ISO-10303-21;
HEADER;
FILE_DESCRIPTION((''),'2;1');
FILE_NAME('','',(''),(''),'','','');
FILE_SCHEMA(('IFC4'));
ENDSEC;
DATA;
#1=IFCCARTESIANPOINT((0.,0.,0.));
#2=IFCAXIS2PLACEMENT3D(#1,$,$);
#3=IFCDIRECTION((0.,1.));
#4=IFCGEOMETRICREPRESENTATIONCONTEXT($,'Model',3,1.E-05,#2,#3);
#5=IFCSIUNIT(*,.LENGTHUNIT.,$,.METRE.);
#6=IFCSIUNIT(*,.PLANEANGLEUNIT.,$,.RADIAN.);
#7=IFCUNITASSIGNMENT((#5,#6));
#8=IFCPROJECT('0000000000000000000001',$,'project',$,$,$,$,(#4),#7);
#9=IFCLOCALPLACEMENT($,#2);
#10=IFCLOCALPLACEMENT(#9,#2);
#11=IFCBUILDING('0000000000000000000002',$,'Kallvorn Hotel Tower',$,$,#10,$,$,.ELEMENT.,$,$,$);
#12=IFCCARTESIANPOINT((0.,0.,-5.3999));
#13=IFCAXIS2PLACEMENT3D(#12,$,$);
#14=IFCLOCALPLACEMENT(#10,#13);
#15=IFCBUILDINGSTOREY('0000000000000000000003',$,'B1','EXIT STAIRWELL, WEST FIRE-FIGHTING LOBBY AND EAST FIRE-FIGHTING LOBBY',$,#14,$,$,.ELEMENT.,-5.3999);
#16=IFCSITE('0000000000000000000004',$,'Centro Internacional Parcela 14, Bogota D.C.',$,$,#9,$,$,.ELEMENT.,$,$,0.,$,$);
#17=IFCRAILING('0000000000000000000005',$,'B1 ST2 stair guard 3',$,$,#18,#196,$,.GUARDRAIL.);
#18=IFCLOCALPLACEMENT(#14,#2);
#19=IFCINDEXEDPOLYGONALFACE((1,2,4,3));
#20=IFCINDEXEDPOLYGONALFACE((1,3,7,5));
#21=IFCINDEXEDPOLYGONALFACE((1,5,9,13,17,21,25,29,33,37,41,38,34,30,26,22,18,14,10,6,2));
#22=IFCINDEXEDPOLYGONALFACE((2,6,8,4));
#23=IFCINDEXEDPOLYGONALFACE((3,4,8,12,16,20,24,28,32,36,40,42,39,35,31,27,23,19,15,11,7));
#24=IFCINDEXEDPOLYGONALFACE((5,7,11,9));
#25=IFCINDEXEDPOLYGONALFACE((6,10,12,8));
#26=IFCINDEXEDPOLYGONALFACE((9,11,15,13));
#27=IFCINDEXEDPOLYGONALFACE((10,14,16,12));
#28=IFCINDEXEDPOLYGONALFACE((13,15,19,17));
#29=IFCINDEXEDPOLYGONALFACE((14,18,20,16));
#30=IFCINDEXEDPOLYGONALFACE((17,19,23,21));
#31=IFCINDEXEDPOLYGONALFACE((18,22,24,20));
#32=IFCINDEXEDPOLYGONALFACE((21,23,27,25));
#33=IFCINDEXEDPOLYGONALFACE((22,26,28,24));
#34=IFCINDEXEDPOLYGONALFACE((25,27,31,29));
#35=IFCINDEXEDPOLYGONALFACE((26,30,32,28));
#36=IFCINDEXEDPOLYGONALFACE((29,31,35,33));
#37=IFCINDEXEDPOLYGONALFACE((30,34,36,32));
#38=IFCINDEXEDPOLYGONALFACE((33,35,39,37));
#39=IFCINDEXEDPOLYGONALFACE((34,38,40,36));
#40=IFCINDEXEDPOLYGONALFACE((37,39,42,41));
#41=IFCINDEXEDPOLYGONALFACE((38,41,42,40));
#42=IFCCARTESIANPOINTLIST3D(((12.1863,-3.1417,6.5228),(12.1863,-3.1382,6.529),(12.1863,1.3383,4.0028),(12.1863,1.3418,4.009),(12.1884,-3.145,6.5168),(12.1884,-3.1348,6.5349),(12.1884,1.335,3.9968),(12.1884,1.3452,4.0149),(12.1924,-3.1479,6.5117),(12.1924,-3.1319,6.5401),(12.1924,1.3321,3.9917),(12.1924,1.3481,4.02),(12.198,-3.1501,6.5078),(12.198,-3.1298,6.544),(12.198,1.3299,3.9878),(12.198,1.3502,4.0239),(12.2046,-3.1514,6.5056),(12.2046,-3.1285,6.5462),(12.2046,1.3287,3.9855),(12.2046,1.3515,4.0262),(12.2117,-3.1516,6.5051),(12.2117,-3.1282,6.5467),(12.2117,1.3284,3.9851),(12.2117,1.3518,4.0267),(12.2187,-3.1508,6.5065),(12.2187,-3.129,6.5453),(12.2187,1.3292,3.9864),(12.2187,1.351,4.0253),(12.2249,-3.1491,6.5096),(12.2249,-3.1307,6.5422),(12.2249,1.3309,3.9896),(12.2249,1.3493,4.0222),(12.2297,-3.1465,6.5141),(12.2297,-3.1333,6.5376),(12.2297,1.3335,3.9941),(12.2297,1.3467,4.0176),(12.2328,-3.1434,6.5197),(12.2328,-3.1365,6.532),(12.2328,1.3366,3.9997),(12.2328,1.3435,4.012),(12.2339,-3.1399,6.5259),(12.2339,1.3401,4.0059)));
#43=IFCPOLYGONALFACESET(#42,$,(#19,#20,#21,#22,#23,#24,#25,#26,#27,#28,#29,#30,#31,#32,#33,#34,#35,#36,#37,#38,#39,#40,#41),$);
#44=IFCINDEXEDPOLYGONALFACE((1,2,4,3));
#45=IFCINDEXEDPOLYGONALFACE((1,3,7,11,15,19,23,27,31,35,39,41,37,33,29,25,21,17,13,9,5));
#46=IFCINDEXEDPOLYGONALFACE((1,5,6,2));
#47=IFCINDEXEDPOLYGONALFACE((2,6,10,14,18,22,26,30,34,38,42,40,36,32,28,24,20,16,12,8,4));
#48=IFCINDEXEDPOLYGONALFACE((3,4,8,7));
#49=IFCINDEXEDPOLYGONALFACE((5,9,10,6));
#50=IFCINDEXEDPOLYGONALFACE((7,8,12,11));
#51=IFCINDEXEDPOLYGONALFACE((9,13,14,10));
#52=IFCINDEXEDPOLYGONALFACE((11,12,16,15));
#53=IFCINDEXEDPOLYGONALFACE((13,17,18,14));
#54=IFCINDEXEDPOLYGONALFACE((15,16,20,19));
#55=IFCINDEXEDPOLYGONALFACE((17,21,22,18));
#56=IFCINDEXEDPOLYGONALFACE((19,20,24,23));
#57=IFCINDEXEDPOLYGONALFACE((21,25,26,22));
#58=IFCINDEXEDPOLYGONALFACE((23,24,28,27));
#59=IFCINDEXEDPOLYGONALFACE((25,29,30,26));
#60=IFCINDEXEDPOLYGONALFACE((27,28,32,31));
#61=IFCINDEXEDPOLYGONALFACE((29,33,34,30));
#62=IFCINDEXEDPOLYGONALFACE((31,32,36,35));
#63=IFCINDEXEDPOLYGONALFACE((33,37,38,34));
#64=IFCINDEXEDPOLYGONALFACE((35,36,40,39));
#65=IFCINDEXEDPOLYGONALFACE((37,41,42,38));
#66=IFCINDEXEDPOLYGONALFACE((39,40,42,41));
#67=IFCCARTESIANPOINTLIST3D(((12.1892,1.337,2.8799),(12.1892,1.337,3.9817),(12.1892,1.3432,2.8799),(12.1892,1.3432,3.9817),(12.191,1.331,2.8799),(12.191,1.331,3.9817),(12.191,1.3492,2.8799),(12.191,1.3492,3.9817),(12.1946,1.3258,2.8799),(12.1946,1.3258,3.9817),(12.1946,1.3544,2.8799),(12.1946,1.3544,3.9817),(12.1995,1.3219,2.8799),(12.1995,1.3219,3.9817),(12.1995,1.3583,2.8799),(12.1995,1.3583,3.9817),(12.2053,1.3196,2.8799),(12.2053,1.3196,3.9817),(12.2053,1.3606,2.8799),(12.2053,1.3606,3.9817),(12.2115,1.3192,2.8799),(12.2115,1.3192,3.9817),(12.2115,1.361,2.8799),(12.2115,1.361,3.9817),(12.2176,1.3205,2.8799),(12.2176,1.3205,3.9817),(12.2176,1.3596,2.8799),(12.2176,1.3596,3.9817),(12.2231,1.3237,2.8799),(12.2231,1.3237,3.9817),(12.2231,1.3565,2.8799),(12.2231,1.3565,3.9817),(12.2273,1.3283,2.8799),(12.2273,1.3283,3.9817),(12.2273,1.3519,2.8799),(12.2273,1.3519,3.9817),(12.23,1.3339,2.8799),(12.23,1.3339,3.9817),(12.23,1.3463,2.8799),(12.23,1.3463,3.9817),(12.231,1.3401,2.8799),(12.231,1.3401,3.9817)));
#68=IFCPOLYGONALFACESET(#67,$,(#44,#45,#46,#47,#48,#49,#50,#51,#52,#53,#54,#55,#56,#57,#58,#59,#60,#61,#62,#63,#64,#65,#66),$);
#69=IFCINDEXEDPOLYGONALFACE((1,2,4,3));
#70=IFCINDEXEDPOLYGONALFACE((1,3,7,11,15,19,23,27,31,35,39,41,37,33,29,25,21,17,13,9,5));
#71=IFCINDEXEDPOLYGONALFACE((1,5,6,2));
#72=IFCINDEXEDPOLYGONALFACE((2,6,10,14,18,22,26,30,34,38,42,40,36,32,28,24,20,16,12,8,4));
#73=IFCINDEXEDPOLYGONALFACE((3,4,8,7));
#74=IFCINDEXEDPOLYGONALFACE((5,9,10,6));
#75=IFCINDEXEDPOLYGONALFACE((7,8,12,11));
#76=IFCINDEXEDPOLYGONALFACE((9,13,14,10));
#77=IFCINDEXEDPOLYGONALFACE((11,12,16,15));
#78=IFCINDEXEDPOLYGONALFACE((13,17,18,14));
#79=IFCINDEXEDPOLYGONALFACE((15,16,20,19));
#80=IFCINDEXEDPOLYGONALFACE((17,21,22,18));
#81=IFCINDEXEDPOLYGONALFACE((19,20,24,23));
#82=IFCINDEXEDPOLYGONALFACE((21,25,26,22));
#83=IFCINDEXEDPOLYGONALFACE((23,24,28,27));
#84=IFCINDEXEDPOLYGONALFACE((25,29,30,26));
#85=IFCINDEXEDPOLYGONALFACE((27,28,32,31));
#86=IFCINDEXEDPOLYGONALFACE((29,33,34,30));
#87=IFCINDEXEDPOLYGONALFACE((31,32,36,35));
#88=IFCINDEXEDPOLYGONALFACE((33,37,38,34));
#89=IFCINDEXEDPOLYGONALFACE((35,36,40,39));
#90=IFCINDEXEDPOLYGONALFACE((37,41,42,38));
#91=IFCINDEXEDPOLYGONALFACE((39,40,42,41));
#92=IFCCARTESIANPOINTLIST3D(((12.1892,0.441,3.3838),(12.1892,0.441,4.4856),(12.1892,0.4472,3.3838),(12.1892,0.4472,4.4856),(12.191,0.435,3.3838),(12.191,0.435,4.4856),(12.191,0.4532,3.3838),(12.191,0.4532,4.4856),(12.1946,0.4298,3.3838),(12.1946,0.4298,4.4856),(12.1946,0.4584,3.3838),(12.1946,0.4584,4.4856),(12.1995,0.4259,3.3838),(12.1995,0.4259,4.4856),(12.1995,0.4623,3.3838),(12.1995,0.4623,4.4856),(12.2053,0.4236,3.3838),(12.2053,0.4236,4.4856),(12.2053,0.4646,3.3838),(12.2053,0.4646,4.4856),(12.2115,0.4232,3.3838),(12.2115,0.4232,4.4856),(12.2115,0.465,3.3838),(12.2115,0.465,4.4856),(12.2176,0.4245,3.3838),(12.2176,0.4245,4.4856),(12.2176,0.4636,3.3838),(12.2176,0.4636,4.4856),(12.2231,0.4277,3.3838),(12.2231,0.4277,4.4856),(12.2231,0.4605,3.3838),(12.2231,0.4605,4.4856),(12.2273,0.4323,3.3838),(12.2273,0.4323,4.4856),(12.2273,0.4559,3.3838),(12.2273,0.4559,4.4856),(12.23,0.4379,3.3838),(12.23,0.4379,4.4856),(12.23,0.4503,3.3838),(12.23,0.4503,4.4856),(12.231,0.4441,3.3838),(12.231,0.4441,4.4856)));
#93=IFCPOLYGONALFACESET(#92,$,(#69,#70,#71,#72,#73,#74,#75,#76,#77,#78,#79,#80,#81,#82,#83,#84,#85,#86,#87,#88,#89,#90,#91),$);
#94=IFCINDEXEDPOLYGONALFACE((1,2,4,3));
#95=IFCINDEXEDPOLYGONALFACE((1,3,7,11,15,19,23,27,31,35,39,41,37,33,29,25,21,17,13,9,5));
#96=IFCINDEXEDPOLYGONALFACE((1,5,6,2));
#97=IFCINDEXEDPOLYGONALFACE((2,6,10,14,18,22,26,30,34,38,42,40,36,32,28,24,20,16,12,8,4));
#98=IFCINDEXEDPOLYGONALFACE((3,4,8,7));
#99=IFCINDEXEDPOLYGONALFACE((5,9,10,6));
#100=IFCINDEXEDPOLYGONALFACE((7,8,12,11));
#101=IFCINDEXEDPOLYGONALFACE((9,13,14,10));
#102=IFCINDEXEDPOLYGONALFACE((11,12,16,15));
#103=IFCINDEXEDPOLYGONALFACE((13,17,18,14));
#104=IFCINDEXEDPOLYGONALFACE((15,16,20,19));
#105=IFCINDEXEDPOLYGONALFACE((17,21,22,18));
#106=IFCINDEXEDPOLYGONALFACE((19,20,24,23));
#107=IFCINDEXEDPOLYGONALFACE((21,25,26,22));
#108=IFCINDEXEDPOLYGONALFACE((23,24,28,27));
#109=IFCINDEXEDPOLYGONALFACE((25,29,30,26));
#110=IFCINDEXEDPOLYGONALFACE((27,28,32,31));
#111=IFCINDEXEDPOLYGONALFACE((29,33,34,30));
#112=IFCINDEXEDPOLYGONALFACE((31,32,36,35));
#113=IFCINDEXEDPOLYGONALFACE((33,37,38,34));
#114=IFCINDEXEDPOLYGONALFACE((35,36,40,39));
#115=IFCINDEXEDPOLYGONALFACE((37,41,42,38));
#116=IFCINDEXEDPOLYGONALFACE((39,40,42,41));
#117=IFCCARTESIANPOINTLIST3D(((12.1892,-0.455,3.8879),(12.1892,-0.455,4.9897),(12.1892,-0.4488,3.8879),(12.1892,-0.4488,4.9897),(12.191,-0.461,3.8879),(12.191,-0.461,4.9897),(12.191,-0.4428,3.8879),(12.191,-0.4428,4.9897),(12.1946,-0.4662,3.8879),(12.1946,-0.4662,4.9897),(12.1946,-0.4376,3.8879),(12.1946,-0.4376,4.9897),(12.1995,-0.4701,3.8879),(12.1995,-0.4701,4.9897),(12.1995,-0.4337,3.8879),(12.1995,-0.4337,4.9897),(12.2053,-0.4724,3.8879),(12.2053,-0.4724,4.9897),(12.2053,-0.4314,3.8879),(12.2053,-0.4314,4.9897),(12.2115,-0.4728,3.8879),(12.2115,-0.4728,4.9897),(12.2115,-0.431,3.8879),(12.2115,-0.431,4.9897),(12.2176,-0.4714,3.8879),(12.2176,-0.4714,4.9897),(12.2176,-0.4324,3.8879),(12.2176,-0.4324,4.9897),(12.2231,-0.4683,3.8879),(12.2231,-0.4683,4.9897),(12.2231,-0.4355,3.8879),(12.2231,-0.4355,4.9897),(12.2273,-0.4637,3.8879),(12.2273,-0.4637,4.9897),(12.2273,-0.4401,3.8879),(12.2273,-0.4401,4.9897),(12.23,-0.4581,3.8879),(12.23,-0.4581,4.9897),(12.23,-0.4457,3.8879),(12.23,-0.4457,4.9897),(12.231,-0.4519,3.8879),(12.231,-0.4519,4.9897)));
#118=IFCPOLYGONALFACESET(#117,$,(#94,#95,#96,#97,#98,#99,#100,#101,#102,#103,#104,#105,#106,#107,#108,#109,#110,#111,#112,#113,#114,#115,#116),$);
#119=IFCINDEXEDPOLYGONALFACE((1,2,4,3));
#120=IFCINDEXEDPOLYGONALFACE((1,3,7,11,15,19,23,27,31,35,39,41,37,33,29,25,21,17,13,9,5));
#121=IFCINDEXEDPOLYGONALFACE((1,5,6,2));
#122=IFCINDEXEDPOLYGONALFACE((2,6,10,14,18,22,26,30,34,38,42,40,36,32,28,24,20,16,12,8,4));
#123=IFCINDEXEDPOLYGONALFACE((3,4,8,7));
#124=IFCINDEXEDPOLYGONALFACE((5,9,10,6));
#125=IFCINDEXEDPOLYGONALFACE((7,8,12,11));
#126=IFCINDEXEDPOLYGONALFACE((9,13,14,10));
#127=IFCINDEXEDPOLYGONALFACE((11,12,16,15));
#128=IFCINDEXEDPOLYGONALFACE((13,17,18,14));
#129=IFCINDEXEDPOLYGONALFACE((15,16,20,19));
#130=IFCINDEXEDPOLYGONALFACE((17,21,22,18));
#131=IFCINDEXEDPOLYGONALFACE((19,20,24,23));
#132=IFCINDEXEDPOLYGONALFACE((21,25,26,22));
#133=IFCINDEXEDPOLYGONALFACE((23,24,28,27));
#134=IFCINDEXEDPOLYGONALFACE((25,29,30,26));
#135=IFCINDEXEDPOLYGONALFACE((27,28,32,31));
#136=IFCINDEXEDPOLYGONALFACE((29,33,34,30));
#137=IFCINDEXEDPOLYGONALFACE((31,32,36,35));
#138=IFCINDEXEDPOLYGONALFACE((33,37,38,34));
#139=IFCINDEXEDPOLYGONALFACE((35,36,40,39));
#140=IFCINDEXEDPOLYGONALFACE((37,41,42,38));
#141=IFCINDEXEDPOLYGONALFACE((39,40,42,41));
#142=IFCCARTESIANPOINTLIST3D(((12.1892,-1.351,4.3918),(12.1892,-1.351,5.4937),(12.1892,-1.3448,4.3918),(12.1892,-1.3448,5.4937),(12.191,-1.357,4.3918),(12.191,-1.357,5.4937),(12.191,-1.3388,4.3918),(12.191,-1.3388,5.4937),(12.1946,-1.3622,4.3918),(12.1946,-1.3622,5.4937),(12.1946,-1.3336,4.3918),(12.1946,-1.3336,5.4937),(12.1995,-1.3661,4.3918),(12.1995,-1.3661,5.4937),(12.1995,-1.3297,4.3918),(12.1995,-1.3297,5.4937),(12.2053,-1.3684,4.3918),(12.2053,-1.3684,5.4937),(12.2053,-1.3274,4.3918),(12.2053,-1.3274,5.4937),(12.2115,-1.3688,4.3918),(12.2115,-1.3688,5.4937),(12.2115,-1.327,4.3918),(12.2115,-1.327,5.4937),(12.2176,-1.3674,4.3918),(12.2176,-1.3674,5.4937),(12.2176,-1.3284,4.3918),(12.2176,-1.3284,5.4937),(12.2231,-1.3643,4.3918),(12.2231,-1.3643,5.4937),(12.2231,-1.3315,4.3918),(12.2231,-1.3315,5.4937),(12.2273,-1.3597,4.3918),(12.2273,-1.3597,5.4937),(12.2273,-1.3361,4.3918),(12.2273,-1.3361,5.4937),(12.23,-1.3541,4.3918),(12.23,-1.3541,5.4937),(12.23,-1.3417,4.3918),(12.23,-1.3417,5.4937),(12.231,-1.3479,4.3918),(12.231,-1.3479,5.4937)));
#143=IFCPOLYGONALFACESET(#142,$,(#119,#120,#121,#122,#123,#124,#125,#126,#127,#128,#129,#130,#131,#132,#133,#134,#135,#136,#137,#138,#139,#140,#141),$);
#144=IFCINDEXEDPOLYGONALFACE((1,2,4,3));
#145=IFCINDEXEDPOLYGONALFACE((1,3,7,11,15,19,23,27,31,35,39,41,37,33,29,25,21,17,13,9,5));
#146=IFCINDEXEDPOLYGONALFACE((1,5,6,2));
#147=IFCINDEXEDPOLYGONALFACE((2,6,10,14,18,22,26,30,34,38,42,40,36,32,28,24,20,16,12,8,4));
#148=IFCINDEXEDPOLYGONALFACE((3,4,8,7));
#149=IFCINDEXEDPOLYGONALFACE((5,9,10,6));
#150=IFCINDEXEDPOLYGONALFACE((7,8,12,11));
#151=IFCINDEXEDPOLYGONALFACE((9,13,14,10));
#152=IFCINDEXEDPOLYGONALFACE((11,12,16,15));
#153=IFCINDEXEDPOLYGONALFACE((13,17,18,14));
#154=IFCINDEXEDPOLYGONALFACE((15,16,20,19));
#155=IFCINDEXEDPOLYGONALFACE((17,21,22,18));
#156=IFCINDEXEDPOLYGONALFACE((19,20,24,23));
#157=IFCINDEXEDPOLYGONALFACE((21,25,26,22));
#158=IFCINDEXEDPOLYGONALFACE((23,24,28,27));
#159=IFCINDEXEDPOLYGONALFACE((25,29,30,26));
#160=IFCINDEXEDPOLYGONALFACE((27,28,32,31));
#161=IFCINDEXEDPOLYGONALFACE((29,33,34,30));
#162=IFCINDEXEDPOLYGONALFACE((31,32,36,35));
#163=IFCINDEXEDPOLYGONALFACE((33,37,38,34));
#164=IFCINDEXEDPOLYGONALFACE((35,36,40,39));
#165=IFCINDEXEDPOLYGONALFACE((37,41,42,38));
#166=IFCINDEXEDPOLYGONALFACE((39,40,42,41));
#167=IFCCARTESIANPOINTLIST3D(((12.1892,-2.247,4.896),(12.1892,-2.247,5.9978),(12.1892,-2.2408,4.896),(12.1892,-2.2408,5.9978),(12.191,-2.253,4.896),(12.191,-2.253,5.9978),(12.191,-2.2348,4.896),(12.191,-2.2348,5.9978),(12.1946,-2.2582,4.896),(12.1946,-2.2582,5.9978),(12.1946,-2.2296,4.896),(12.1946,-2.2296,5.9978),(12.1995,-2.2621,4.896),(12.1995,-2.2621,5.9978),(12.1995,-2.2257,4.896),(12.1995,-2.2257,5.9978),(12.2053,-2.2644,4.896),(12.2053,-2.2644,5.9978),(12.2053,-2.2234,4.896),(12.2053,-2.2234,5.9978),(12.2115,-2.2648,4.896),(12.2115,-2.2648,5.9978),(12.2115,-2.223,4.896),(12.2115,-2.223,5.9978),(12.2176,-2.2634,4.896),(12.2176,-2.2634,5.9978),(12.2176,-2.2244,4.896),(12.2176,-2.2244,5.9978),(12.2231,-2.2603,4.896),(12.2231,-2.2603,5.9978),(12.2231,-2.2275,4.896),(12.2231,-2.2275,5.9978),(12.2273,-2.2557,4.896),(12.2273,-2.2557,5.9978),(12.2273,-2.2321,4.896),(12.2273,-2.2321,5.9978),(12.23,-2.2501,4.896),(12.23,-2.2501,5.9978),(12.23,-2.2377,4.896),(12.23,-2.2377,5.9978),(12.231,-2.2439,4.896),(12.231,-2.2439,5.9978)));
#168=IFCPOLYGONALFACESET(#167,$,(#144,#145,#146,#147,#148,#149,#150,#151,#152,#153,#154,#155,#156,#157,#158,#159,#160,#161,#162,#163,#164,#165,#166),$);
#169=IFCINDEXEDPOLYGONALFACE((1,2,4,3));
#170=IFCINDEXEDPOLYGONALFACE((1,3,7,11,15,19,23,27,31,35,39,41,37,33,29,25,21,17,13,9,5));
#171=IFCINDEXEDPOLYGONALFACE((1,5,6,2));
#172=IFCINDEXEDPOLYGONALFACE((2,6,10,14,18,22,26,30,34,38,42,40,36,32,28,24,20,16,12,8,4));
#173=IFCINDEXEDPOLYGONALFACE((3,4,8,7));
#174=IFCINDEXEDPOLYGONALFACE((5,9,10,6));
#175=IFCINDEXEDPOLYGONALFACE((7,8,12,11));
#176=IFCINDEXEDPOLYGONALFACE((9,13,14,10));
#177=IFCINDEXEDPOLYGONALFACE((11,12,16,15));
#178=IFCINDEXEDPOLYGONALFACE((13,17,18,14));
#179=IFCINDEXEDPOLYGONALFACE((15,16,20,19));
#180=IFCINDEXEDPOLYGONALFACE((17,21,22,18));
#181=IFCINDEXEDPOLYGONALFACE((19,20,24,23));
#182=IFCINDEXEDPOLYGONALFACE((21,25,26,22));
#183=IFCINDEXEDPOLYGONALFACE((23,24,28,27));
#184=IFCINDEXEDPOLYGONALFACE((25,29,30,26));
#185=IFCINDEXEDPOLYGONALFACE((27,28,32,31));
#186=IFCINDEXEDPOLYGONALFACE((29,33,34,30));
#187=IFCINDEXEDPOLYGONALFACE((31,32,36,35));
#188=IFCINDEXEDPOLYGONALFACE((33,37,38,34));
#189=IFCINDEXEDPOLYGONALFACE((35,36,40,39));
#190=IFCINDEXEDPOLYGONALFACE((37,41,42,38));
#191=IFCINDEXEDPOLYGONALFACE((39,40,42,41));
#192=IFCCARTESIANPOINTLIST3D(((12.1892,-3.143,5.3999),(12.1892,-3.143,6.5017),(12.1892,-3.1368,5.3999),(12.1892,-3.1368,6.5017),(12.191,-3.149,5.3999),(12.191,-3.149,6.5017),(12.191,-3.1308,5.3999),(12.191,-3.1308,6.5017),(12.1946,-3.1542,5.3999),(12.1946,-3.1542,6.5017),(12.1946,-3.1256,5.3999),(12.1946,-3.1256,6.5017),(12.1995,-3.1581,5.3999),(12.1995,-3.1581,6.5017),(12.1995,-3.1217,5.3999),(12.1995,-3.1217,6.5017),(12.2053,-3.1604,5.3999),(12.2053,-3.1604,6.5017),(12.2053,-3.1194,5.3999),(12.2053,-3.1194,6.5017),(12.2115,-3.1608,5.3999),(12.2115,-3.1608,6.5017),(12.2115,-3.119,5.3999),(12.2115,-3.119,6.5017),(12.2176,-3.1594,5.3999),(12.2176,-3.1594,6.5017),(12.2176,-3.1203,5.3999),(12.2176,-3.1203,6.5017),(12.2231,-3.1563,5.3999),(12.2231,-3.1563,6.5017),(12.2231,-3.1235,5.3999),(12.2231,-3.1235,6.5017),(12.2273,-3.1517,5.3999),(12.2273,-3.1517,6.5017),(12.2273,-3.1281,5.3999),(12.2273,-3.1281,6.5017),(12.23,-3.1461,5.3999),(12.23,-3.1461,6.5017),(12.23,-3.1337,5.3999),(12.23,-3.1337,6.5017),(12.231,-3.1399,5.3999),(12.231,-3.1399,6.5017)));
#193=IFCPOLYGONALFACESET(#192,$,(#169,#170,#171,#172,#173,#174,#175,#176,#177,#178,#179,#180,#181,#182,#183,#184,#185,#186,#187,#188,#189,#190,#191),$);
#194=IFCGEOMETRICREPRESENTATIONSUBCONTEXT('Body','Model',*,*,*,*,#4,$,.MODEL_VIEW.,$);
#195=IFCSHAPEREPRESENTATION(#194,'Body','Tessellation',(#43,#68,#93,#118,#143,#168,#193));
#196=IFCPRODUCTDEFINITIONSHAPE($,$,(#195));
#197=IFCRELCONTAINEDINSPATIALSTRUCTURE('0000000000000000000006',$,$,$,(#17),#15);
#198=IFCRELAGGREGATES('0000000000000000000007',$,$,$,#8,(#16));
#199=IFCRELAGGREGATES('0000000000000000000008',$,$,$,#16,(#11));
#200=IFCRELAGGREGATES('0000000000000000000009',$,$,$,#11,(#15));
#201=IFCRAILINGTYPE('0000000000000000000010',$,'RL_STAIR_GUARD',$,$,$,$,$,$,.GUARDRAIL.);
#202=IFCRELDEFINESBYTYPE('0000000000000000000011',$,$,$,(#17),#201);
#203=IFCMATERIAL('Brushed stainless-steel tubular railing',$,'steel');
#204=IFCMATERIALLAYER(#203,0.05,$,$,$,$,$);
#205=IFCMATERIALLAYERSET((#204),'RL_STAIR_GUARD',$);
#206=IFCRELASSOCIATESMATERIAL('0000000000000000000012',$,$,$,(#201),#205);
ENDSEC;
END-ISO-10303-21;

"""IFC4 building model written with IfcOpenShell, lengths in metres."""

from ifc_helpers import new_model, si_unit, direction, frame, origin, origin_2d, place, context, subcontext, project, spatial, circle, extrude, material, layer, layer_set, type_object, element, save


model = new_model("IFC4")

# Units and contexts
model_context = context("Model", 3, precision=1e-05, world=origin(), true_north=direction((0.0, 1.0)))
body_context = subcontext(model_context, "Body", "Model", "MODEL_VIEW")
ifc_project = project(units=[si_unit("LENGTHUNIT", "METRE"), si_unit("PLANEANGLEUNIT", "RADIAN")], contexts=[model_context])

# Site, building, storey
site_placement = place(None, origin())
site = spatial("IfcSite", under=ifc_project, at=site_placement, Name="Centro Internacional Parcela 14, Bogota D.C.", CompositionType="ELEMENT", RefElevation=0.0)
building_placement = place(site_placement, origin())
building = spatial("IfcBuilding", under=site, at=building_placement, Name="Kallvorn Hotel Tower", CompositionType="ELEMENT")
storey_placement = place(building_placement, frame((0.0, 0.0, -5.3999)))
storey = spatial("IfcBuildingStorey", under=building, at=storey_placement, Name="B1", Description="EXIT STAIRWELL, WEST FIRE-FIGHTING LOBBY AND EAST FIRE-FIGHTING LOBBY", CompositionType="ELEMENT", Elevation=-5.3999)

# Railing
ifc_material_1 = material(Name="Brushed stainless-steel tubular railing", Category="steel")
ifc_layer_1 = layer(ifc_material_1, 0.05)
ifc_layer_set_1 = layer_set([ifc_layer_1], Name="RL_STAIR_GUARD")
railing_type_1 = type_object("IfcRailingType", Name="RL_STAIR_GUARD", PredefinedType="GUARDRAIL", material=ifc_layer_set_1)
railing_1_placement = place(storey_placement, frame((12.21, 1.3401, 2.8799)))
element("IfcRailing", 1, at=railing_1_placement, inside=storey, type_object=railing_type_1, Name="B1 ST2 stair guard 3", PredefinedType="GUARDRAIL", context=body_context, shape_type="SweptSolid", body=[
    extrude(circle(Radius=0.0239, at=origin_2d()), frame((0.0, 0.0, 1.126), z_axis=(0.0, -0.871573, 0.490266), x_axis=(1.0, 0.0, 0.0)), (0.0, 0.0, 1.0), 5.1401),
    extrude(circle(Radius=0.021, at=origin_2d()), origin(), (0.0, 0.0, 1.0), 1.1018),
    extrude(circle(Radius=0.021, at=origin_2d()), frame((0.0, -0.896, 0.5039)), (0.0, 0.0, 1.0), 1.1018),
    extrude(circle(Radius=0.021, at=origin_2d()), frame((0.0, -1.792, 1.0081)), (0.0, 0.0, 1.0), 1.1018),
    extrude(circle(Radius=0.021, at=origin_2d()), frame((0.0, -2.688, 1.512)), (0.0, 0.0, 1.0), 1.1018),
    extrude(circle(Radius=0.021, at=origin_2d()), frame((0.0, -3.584, 2.0161)), (0.0, 0.0, 1.0), 1.1018),
    extrude(circle(Radius=0.021, at=origin_2d()), frame((0.0, -4.48, 2.52)), (0.0, 0.0, 1.0), 1.1018),
])

save(model, "model.ifc")
